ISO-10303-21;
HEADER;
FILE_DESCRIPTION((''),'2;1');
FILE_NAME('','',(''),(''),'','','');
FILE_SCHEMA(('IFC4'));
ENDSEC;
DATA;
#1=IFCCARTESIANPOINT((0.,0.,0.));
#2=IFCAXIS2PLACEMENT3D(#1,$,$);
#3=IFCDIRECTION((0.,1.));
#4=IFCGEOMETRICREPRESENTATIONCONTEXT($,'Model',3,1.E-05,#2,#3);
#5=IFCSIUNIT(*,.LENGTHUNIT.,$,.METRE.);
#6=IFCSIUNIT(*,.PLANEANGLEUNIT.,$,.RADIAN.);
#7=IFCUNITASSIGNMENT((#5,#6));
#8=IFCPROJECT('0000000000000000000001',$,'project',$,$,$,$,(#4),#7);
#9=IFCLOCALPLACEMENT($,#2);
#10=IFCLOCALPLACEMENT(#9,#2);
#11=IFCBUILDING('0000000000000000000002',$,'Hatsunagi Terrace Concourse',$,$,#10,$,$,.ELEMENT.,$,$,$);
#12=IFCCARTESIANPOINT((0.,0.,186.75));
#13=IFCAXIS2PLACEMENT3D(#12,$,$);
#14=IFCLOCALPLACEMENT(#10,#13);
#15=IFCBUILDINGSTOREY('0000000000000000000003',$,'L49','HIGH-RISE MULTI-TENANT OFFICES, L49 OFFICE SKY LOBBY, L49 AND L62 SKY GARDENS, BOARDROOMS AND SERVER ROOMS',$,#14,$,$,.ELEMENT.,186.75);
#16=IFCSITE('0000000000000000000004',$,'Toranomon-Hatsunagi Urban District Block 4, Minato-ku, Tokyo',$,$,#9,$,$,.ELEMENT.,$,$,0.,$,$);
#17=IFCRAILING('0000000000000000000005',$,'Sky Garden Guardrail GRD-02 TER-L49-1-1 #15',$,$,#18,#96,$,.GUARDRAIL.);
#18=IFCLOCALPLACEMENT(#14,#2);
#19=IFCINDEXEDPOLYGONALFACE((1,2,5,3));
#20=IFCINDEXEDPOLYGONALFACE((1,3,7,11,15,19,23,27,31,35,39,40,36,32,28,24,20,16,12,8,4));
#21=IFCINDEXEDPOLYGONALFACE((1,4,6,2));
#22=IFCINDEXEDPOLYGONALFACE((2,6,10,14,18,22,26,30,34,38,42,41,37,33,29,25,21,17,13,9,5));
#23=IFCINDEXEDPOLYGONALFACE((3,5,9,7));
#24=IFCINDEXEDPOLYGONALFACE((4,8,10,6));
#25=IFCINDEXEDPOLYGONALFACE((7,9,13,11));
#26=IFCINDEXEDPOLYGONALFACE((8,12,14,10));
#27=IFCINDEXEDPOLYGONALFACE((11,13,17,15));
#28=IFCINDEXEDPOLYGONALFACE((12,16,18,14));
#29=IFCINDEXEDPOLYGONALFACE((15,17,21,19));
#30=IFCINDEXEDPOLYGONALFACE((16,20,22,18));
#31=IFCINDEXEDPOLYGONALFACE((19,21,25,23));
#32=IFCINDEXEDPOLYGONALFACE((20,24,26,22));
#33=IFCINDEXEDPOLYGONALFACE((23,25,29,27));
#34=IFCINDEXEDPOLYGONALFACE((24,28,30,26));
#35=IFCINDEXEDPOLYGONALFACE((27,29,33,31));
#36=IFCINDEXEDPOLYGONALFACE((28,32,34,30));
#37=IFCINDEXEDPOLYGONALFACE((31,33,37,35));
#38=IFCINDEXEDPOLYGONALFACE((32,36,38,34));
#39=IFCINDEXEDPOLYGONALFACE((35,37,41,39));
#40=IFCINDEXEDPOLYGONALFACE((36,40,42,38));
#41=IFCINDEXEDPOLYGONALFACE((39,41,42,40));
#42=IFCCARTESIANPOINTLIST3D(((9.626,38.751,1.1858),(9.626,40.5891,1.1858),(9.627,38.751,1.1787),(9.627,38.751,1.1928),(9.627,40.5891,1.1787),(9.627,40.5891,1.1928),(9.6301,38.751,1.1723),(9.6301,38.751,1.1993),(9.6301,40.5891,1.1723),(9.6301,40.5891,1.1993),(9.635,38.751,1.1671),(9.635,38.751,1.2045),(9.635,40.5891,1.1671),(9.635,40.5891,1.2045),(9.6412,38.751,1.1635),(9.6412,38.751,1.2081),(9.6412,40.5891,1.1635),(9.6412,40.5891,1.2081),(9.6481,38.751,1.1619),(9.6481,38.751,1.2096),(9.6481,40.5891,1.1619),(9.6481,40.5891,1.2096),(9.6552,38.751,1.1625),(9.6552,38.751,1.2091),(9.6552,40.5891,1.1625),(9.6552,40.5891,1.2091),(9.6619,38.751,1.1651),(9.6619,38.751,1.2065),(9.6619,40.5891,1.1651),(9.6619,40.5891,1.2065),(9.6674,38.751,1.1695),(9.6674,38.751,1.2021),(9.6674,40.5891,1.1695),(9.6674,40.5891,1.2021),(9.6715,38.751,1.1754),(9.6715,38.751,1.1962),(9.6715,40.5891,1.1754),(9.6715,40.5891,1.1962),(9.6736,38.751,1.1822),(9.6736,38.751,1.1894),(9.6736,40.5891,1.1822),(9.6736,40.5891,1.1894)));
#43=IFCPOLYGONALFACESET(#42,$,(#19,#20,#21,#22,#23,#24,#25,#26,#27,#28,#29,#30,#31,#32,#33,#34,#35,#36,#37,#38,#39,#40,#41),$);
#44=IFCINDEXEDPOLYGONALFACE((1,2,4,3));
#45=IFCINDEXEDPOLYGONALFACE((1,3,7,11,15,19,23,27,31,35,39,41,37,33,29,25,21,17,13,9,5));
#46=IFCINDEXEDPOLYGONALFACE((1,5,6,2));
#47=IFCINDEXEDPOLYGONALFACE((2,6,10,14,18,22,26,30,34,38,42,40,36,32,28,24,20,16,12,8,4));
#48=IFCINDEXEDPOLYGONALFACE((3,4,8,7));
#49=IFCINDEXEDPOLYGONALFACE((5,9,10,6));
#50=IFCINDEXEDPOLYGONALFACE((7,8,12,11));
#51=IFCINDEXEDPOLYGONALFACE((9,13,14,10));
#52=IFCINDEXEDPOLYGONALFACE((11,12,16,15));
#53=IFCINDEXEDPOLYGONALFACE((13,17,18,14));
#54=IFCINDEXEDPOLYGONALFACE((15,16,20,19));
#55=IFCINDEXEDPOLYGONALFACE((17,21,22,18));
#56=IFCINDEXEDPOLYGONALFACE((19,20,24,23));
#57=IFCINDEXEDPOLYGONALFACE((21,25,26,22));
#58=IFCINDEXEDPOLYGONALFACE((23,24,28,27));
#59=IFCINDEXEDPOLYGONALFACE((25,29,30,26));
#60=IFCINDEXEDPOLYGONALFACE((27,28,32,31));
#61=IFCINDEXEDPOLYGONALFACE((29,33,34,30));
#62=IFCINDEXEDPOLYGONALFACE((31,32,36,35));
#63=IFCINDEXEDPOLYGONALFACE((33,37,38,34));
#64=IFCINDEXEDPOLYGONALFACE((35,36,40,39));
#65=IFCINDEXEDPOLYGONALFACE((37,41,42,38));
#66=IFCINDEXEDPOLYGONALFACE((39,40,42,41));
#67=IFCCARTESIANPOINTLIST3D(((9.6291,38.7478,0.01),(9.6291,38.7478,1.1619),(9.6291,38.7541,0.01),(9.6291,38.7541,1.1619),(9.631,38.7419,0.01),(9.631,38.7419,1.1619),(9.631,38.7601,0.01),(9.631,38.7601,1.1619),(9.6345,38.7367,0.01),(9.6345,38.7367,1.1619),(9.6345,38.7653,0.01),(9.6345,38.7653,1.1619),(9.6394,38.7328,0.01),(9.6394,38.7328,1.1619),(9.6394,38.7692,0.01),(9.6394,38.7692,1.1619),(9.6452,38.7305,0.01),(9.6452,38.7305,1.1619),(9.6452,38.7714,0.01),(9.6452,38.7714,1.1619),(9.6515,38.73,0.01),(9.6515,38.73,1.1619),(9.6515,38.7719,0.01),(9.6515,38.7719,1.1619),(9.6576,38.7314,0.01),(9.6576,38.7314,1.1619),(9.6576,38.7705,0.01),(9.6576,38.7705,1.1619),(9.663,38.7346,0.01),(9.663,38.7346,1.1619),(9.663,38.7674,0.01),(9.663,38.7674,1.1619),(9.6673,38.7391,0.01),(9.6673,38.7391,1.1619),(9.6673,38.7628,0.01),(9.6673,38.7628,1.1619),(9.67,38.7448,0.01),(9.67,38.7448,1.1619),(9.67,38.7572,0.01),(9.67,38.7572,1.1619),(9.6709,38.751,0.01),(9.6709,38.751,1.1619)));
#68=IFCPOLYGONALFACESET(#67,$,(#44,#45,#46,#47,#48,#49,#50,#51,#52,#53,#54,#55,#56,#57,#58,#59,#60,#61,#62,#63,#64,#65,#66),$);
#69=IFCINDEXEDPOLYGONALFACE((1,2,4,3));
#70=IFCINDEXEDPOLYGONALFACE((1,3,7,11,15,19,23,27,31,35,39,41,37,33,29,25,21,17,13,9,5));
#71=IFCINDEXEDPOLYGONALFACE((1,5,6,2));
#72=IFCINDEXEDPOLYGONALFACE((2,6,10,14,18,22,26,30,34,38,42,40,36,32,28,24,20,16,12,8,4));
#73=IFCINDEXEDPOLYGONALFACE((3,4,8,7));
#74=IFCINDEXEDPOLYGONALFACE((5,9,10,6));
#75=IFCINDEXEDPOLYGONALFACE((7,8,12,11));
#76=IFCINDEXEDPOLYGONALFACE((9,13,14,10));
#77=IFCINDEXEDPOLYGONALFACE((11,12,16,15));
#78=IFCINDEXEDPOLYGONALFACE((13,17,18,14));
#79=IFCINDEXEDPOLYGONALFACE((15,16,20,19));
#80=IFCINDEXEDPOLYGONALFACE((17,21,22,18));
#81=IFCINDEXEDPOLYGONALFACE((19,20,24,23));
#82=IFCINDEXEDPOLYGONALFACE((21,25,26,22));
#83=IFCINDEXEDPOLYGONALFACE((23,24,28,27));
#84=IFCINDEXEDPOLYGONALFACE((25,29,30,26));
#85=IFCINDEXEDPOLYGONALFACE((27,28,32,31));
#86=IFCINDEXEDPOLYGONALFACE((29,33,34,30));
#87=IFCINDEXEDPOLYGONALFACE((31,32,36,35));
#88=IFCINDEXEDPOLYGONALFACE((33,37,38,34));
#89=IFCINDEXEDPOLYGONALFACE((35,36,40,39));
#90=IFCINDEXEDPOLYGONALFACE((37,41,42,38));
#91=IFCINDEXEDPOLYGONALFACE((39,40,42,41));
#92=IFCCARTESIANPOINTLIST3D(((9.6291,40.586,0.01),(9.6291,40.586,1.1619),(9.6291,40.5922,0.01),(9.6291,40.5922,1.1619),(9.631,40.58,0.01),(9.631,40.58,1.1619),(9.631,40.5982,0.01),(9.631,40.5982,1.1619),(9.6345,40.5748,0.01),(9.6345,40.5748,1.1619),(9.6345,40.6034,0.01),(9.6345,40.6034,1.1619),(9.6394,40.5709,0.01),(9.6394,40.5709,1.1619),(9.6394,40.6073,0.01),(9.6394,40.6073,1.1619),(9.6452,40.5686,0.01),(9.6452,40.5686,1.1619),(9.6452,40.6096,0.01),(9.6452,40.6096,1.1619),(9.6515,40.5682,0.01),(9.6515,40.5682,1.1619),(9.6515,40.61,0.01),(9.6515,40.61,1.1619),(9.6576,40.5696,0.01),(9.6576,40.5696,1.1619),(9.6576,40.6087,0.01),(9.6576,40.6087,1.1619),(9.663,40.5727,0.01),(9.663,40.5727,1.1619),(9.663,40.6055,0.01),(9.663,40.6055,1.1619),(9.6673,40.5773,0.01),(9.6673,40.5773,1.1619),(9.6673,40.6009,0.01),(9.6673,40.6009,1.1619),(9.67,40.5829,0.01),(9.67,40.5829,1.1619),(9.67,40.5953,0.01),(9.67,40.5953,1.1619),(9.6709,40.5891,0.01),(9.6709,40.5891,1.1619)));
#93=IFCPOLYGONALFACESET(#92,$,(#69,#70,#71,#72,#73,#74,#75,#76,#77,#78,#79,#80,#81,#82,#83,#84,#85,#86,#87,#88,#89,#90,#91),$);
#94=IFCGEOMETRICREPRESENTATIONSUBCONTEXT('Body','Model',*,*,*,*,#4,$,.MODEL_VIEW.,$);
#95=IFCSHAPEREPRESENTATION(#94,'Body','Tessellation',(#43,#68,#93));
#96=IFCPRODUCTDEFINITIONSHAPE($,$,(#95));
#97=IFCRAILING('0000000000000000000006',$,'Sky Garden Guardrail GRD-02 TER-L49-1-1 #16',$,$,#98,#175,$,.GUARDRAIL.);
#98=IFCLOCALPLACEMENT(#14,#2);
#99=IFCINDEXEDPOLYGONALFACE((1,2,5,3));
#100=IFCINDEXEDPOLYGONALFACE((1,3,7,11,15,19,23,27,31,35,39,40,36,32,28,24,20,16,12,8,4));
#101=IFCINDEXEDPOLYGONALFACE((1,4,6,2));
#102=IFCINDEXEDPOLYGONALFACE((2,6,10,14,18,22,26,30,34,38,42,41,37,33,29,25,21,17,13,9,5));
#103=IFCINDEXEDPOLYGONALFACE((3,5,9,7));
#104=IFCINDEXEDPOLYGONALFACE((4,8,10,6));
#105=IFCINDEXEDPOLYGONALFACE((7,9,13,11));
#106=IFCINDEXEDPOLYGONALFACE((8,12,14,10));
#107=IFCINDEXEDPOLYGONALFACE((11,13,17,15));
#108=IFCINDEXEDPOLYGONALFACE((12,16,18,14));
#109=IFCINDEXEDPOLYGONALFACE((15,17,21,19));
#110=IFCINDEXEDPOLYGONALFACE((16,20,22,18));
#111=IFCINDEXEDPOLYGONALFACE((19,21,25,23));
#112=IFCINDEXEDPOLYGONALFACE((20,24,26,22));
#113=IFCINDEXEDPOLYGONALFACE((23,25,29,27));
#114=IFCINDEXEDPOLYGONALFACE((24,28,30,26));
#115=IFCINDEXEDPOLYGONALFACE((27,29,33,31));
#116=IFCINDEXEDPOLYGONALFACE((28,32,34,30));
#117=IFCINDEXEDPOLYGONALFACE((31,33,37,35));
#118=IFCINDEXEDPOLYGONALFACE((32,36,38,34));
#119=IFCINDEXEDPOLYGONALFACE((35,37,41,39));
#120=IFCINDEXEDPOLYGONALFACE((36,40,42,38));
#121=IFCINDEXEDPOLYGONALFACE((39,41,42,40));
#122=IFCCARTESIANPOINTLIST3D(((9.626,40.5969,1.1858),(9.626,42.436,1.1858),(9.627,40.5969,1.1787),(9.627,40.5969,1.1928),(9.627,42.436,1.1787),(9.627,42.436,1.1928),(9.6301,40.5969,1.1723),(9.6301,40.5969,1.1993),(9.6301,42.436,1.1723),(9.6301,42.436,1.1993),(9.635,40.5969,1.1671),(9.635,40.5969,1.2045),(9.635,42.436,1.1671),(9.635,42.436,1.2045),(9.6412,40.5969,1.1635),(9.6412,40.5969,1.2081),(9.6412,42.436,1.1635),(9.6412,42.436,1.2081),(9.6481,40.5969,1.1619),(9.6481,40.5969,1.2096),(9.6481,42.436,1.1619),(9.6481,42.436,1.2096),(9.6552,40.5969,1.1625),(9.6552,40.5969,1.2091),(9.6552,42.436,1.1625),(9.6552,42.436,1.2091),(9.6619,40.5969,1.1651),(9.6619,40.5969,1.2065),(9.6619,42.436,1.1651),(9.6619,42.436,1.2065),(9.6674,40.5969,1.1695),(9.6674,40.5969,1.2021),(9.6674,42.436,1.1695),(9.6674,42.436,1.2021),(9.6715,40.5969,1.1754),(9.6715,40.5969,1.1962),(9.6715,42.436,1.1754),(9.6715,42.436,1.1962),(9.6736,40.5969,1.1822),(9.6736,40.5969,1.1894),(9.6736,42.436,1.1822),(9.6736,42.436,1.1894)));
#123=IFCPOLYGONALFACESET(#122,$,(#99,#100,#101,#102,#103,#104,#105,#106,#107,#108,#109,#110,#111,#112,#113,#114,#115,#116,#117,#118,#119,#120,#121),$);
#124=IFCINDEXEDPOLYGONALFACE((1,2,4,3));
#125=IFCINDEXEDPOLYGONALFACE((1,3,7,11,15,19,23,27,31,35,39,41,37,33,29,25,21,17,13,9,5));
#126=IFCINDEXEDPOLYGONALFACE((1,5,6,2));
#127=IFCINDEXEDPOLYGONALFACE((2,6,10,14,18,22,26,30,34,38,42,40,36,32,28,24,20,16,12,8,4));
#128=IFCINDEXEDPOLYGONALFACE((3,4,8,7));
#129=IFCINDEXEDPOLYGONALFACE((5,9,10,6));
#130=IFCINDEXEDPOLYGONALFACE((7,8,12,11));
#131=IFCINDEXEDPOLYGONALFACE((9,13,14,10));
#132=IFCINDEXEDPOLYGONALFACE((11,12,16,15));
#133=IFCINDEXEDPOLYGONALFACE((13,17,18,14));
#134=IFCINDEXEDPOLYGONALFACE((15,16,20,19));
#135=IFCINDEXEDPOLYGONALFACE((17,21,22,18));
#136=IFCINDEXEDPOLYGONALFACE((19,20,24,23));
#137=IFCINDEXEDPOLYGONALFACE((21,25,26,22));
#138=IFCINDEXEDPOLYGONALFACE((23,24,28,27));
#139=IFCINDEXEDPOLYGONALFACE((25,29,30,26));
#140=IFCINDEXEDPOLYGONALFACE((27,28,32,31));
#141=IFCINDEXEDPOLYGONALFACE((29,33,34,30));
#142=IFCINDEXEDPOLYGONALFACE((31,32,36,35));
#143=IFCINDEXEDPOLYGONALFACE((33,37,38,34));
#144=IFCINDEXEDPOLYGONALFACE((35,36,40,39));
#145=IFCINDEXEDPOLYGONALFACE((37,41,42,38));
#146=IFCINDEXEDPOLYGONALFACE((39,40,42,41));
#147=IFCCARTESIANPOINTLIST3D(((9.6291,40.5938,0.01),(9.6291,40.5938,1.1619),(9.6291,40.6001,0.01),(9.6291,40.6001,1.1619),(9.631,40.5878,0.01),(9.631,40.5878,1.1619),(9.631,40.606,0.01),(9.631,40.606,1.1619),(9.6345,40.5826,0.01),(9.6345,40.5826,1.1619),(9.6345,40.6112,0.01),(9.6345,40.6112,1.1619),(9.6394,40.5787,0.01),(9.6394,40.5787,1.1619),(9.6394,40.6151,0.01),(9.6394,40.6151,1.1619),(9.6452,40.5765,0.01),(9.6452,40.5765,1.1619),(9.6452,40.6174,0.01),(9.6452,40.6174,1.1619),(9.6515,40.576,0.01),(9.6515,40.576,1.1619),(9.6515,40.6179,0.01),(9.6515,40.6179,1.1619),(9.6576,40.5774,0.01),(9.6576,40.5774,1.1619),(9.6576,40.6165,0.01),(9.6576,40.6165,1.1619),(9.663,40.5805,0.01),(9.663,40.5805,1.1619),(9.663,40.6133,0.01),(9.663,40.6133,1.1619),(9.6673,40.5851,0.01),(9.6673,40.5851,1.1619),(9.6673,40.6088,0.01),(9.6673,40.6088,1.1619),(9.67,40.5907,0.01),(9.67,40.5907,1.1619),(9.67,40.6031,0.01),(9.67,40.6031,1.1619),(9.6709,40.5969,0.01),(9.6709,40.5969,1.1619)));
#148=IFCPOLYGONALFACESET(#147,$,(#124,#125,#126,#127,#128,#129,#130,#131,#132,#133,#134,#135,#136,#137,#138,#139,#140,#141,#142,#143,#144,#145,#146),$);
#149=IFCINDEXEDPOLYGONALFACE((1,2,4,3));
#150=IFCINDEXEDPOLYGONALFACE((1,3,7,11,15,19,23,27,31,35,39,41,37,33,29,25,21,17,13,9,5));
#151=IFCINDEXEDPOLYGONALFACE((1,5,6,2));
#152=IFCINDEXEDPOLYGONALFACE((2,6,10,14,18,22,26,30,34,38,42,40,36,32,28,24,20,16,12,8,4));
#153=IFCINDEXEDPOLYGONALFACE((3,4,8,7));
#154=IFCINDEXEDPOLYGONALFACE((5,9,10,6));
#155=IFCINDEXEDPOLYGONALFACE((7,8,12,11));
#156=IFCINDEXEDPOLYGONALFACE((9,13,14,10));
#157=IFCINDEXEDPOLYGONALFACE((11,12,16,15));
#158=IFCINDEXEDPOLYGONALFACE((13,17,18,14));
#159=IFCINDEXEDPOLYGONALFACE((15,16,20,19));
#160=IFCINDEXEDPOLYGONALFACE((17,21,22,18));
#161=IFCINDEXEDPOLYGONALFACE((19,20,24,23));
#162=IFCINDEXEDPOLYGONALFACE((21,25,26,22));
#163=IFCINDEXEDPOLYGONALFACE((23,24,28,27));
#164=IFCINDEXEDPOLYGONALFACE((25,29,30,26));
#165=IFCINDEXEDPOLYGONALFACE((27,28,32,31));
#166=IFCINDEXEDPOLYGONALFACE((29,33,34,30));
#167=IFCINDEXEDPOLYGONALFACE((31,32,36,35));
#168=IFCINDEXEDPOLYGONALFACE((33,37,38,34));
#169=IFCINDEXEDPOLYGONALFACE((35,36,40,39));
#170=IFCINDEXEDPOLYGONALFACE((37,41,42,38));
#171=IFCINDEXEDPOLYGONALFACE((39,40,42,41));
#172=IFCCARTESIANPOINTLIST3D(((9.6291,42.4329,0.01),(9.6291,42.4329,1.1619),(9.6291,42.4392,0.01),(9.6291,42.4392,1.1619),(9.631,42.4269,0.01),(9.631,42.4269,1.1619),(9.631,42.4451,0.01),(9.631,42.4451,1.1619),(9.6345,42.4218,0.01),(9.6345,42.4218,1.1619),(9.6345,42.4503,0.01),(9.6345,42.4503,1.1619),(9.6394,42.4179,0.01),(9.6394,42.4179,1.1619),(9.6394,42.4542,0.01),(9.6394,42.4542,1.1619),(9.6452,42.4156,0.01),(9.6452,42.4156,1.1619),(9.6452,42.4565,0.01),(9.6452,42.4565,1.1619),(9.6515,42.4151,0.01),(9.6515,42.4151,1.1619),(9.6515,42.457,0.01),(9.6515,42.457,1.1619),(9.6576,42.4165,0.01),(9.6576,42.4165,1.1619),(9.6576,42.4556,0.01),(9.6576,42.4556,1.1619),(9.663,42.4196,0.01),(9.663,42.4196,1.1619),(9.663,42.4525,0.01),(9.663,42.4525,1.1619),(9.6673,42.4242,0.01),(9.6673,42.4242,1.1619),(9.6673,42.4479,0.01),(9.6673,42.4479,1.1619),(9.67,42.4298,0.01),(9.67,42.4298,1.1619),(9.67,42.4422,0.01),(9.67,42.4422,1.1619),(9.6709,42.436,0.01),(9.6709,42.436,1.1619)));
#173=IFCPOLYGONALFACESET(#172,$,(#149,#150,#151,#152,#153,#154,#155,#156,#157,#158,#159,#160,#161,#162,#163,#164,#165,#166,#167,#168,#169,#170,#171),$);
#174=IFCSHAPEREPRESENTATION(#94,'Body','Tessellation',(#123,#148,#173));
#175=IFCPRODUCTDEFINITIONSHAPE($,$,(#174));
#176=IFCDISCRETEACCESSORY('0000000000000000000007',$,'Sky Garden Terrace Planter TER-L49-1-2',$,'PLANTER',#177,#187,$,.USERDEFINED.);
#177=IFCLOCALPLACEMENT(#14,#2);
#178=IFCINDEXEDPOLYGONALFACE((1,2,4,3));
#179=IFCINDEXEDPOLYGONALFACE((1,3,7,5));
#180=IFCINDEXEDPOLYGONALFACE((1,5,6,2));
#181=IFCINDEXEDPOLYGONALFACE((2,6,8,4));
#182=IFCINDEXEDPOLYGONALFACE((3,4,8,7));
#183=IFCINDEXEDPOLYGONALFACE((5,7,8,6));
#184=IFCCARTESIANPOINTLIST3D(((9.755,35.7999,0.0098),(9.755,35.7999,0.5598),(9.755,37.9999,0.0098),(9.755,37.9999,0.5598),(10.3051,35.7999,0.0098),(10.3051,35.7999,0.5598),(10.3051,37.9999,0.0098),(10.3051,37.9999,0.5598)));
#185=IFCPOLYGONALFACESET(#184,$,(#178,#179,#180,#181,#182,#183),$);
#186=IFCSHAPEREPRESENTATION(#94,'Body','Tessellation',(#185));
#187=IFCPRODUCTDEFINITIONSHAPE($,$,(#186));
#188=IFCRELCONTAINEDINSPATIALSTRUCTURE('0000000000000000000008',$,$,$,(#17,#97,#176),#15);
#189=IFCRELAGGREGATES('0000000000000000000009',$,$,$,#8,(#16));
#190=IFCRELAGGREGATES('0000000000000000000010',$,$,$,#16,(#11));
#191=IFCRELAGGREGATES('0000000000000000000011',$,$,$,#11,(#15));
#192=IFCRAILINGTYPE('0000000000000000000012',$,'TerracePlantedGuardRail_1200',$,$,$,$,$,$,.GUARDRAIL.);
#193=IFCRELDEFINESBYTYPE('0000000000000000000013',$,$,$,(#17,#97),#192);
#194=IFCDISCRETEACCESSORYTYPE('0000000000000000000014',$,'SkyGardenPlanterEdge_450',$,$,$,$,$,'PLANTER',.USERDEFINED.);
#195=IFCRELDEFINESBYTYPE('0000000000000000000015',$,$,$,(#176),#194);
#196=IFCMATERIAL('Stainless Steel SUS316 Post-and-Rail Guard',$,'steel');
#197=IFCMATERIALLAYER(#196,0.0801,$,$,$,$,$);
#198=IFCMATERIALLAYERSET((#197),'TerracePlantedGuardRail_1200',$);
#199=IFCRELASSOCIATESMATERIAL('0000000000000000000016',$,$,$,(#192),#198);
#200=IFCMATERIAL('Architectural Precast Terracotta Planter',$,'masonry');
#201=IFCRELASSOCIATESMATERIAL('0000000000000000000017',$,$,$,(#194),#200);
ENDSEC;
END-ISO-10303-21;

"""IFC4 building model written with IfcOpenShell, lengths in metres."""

from ifc_helpers import new_model, si_unit, direction, frame, origin, origin_2d, place, context, subcontext, project, spatial, rectangle, circle, extrude, material, layer, layer_set, type_object, element, save


model = new_model("IFC4")

# Units and contexts
model_context = context("Model", 3, precision=1e-05, world=origin(), true_north=direction((0.0, 1.0)))
body_context = subcontext(model_context, "Body", "Model", "MODEL_VIEW")
ifc_project = project(units=[si_unit("LENGTHUNIT", "METRE"), si_unit("PLANEANGLEUNIT", "RADIAN")], contexts=[model_context])

# Site, building, storey
site_placement = place(None, origin())
site = spatial("IfcSite", under=ifc_project, at=site_placement, Name="Toranomon-Hatsunagi Urban District Block 4, Minato-ku, Tokyo", CompositionType="ELEMENT", RefElevation=0.0)
building_placement = place(site_placement, origin())
building = spatial("IfcBuilding", under=site, at=building_placement, Name="Hatsunagi Terrace Concourse", CompositionType="ELEMENT")
storey_placement = place(building_placement, frame((0.0, 0.0, 186.75)))
storey = spatial("IfcBuildingStorey", under=building, at=storey_placement, Name="L49", Description="HIGH-RISE MULTI-TENANT OFFICES, L49 OFFICE SKY LOBBY, L49 AND L62 SKY GARDENS, BOARDROOMS AND SERVER ROOMS", CompositionType="ELEMENT", Elevation=186.75)

# Railings
ifc_material_1 = material(Name="Stainless Steel SUS316 Post-and-Rail Guard", Category="steel")
ifc_layer_1 = layer(ifc_material_1, 0.0801)
ifc_layer_set_1 = layer_set([ifc_layer_1], Name="TerracePlantedGuardRail_1200")
railing_type = type_object("IfcRailingType", Name="TerracePlantedGuardRail_1200", PredefinedType="GUARDRAIL", material=ifc_layer_set_1)
railing_1_placement = place(storey_placement, frame((9.6499, 38.751, 0.01)))
element("IfcRailing", 1, at=railing_1_placement, inside=storey, type_object=railing_type, Name="Sky Garden Guardrail GRD-02 TER-L49-1-1 #15", PredefinedType="GUARDRAIL", context=body_context, shape_type="SweptSolid", body=[
    extrude(circle(Radius=0.0239, at=origin_2d()), frame((0.0, 0.0, 1.1758), z_axis=(0.0, 1.0, 0.0), x_axis=(-1.0, 0.0, 0.0)), (0.0, 0.0, 1.0), 1.8381),
    extrude(circle(Radius=0.021, at=origin_2d()), origin(), (0.0, 0.0, 1.0), 1.1519),
    extrude(circle(Radius=0.021, at=origin_2d()), frame((0.0, 1.8381, 0.0)), (0.0, 0.0, 1.0), 1.1519),
])
railing_2_placement = place(storey_placement, frame((9.6499, 40.5969, 0.01)))
element("IfcRailing", 2, at=railing_2_placement, inside=storey, type_object=railing_type, Name="Sky Garden Guardrail GRD-02 TER-L49-1-1 #16", PredefinedType="GUARDRAIL", context=body_context, shape_type="SweptSolid", body=[
    extrude(circle(Radius=0.0239, at=origin_2d()), frame((0.0, 0.0, 1.1758), z_axis=(0.0, 1.0, 0.0), x_axis=(-1.0, 0.0, 0.0)), (0.0, 0.0, 1.0), 1.8391),
    extrude(circle(Radius=0.021, at=origin_2d()), origin(), (0.0, 0.0, 1.0), 1.1519),
    extrude(circle(Radius=0.021, at=origin_2d()), frame((0.0, 1.8391, 0.0)), (0.0, 0.0, 1.0), 1.1519),
])

# Discrete accessory
ifc_material_2 = material(Name="Architectural Precast Terracotta Planter", Category="masonry")
discrete_accessory_type = type_object("IfcDiscreteAccessoryType", Name="SkyGardenPlanterEdge_450", ElementType="PLANTER", PredefinedType="USERDEFINED", material=ifc_material_2)
discrete_accessory_placement = place(storey_placement, frame((10.03, 36.8999, 0.0098), z_axis=(0.0, 0.0, 1.0), x_axis=(0.0, 1.0, 0.0)))
element("IfcDiscreteAccessory", 3, at=discrete_accessory_placement, inside=storey, type_object=discrete_accessory_type, Name="Sky Garden Terrace Planter TER-L49-1-2", ObjectType="PLANTER", PredefinedType="USERDEFINED", context=body_context, shape_type="SweptSolid", body=[
    extrude(rectangle(XDim=2.2, YDim=0.55, at=origin_2d()), origin(), (0.0, 0.0, 1.0), 0.55),
])

save(model, "model.ifc")
